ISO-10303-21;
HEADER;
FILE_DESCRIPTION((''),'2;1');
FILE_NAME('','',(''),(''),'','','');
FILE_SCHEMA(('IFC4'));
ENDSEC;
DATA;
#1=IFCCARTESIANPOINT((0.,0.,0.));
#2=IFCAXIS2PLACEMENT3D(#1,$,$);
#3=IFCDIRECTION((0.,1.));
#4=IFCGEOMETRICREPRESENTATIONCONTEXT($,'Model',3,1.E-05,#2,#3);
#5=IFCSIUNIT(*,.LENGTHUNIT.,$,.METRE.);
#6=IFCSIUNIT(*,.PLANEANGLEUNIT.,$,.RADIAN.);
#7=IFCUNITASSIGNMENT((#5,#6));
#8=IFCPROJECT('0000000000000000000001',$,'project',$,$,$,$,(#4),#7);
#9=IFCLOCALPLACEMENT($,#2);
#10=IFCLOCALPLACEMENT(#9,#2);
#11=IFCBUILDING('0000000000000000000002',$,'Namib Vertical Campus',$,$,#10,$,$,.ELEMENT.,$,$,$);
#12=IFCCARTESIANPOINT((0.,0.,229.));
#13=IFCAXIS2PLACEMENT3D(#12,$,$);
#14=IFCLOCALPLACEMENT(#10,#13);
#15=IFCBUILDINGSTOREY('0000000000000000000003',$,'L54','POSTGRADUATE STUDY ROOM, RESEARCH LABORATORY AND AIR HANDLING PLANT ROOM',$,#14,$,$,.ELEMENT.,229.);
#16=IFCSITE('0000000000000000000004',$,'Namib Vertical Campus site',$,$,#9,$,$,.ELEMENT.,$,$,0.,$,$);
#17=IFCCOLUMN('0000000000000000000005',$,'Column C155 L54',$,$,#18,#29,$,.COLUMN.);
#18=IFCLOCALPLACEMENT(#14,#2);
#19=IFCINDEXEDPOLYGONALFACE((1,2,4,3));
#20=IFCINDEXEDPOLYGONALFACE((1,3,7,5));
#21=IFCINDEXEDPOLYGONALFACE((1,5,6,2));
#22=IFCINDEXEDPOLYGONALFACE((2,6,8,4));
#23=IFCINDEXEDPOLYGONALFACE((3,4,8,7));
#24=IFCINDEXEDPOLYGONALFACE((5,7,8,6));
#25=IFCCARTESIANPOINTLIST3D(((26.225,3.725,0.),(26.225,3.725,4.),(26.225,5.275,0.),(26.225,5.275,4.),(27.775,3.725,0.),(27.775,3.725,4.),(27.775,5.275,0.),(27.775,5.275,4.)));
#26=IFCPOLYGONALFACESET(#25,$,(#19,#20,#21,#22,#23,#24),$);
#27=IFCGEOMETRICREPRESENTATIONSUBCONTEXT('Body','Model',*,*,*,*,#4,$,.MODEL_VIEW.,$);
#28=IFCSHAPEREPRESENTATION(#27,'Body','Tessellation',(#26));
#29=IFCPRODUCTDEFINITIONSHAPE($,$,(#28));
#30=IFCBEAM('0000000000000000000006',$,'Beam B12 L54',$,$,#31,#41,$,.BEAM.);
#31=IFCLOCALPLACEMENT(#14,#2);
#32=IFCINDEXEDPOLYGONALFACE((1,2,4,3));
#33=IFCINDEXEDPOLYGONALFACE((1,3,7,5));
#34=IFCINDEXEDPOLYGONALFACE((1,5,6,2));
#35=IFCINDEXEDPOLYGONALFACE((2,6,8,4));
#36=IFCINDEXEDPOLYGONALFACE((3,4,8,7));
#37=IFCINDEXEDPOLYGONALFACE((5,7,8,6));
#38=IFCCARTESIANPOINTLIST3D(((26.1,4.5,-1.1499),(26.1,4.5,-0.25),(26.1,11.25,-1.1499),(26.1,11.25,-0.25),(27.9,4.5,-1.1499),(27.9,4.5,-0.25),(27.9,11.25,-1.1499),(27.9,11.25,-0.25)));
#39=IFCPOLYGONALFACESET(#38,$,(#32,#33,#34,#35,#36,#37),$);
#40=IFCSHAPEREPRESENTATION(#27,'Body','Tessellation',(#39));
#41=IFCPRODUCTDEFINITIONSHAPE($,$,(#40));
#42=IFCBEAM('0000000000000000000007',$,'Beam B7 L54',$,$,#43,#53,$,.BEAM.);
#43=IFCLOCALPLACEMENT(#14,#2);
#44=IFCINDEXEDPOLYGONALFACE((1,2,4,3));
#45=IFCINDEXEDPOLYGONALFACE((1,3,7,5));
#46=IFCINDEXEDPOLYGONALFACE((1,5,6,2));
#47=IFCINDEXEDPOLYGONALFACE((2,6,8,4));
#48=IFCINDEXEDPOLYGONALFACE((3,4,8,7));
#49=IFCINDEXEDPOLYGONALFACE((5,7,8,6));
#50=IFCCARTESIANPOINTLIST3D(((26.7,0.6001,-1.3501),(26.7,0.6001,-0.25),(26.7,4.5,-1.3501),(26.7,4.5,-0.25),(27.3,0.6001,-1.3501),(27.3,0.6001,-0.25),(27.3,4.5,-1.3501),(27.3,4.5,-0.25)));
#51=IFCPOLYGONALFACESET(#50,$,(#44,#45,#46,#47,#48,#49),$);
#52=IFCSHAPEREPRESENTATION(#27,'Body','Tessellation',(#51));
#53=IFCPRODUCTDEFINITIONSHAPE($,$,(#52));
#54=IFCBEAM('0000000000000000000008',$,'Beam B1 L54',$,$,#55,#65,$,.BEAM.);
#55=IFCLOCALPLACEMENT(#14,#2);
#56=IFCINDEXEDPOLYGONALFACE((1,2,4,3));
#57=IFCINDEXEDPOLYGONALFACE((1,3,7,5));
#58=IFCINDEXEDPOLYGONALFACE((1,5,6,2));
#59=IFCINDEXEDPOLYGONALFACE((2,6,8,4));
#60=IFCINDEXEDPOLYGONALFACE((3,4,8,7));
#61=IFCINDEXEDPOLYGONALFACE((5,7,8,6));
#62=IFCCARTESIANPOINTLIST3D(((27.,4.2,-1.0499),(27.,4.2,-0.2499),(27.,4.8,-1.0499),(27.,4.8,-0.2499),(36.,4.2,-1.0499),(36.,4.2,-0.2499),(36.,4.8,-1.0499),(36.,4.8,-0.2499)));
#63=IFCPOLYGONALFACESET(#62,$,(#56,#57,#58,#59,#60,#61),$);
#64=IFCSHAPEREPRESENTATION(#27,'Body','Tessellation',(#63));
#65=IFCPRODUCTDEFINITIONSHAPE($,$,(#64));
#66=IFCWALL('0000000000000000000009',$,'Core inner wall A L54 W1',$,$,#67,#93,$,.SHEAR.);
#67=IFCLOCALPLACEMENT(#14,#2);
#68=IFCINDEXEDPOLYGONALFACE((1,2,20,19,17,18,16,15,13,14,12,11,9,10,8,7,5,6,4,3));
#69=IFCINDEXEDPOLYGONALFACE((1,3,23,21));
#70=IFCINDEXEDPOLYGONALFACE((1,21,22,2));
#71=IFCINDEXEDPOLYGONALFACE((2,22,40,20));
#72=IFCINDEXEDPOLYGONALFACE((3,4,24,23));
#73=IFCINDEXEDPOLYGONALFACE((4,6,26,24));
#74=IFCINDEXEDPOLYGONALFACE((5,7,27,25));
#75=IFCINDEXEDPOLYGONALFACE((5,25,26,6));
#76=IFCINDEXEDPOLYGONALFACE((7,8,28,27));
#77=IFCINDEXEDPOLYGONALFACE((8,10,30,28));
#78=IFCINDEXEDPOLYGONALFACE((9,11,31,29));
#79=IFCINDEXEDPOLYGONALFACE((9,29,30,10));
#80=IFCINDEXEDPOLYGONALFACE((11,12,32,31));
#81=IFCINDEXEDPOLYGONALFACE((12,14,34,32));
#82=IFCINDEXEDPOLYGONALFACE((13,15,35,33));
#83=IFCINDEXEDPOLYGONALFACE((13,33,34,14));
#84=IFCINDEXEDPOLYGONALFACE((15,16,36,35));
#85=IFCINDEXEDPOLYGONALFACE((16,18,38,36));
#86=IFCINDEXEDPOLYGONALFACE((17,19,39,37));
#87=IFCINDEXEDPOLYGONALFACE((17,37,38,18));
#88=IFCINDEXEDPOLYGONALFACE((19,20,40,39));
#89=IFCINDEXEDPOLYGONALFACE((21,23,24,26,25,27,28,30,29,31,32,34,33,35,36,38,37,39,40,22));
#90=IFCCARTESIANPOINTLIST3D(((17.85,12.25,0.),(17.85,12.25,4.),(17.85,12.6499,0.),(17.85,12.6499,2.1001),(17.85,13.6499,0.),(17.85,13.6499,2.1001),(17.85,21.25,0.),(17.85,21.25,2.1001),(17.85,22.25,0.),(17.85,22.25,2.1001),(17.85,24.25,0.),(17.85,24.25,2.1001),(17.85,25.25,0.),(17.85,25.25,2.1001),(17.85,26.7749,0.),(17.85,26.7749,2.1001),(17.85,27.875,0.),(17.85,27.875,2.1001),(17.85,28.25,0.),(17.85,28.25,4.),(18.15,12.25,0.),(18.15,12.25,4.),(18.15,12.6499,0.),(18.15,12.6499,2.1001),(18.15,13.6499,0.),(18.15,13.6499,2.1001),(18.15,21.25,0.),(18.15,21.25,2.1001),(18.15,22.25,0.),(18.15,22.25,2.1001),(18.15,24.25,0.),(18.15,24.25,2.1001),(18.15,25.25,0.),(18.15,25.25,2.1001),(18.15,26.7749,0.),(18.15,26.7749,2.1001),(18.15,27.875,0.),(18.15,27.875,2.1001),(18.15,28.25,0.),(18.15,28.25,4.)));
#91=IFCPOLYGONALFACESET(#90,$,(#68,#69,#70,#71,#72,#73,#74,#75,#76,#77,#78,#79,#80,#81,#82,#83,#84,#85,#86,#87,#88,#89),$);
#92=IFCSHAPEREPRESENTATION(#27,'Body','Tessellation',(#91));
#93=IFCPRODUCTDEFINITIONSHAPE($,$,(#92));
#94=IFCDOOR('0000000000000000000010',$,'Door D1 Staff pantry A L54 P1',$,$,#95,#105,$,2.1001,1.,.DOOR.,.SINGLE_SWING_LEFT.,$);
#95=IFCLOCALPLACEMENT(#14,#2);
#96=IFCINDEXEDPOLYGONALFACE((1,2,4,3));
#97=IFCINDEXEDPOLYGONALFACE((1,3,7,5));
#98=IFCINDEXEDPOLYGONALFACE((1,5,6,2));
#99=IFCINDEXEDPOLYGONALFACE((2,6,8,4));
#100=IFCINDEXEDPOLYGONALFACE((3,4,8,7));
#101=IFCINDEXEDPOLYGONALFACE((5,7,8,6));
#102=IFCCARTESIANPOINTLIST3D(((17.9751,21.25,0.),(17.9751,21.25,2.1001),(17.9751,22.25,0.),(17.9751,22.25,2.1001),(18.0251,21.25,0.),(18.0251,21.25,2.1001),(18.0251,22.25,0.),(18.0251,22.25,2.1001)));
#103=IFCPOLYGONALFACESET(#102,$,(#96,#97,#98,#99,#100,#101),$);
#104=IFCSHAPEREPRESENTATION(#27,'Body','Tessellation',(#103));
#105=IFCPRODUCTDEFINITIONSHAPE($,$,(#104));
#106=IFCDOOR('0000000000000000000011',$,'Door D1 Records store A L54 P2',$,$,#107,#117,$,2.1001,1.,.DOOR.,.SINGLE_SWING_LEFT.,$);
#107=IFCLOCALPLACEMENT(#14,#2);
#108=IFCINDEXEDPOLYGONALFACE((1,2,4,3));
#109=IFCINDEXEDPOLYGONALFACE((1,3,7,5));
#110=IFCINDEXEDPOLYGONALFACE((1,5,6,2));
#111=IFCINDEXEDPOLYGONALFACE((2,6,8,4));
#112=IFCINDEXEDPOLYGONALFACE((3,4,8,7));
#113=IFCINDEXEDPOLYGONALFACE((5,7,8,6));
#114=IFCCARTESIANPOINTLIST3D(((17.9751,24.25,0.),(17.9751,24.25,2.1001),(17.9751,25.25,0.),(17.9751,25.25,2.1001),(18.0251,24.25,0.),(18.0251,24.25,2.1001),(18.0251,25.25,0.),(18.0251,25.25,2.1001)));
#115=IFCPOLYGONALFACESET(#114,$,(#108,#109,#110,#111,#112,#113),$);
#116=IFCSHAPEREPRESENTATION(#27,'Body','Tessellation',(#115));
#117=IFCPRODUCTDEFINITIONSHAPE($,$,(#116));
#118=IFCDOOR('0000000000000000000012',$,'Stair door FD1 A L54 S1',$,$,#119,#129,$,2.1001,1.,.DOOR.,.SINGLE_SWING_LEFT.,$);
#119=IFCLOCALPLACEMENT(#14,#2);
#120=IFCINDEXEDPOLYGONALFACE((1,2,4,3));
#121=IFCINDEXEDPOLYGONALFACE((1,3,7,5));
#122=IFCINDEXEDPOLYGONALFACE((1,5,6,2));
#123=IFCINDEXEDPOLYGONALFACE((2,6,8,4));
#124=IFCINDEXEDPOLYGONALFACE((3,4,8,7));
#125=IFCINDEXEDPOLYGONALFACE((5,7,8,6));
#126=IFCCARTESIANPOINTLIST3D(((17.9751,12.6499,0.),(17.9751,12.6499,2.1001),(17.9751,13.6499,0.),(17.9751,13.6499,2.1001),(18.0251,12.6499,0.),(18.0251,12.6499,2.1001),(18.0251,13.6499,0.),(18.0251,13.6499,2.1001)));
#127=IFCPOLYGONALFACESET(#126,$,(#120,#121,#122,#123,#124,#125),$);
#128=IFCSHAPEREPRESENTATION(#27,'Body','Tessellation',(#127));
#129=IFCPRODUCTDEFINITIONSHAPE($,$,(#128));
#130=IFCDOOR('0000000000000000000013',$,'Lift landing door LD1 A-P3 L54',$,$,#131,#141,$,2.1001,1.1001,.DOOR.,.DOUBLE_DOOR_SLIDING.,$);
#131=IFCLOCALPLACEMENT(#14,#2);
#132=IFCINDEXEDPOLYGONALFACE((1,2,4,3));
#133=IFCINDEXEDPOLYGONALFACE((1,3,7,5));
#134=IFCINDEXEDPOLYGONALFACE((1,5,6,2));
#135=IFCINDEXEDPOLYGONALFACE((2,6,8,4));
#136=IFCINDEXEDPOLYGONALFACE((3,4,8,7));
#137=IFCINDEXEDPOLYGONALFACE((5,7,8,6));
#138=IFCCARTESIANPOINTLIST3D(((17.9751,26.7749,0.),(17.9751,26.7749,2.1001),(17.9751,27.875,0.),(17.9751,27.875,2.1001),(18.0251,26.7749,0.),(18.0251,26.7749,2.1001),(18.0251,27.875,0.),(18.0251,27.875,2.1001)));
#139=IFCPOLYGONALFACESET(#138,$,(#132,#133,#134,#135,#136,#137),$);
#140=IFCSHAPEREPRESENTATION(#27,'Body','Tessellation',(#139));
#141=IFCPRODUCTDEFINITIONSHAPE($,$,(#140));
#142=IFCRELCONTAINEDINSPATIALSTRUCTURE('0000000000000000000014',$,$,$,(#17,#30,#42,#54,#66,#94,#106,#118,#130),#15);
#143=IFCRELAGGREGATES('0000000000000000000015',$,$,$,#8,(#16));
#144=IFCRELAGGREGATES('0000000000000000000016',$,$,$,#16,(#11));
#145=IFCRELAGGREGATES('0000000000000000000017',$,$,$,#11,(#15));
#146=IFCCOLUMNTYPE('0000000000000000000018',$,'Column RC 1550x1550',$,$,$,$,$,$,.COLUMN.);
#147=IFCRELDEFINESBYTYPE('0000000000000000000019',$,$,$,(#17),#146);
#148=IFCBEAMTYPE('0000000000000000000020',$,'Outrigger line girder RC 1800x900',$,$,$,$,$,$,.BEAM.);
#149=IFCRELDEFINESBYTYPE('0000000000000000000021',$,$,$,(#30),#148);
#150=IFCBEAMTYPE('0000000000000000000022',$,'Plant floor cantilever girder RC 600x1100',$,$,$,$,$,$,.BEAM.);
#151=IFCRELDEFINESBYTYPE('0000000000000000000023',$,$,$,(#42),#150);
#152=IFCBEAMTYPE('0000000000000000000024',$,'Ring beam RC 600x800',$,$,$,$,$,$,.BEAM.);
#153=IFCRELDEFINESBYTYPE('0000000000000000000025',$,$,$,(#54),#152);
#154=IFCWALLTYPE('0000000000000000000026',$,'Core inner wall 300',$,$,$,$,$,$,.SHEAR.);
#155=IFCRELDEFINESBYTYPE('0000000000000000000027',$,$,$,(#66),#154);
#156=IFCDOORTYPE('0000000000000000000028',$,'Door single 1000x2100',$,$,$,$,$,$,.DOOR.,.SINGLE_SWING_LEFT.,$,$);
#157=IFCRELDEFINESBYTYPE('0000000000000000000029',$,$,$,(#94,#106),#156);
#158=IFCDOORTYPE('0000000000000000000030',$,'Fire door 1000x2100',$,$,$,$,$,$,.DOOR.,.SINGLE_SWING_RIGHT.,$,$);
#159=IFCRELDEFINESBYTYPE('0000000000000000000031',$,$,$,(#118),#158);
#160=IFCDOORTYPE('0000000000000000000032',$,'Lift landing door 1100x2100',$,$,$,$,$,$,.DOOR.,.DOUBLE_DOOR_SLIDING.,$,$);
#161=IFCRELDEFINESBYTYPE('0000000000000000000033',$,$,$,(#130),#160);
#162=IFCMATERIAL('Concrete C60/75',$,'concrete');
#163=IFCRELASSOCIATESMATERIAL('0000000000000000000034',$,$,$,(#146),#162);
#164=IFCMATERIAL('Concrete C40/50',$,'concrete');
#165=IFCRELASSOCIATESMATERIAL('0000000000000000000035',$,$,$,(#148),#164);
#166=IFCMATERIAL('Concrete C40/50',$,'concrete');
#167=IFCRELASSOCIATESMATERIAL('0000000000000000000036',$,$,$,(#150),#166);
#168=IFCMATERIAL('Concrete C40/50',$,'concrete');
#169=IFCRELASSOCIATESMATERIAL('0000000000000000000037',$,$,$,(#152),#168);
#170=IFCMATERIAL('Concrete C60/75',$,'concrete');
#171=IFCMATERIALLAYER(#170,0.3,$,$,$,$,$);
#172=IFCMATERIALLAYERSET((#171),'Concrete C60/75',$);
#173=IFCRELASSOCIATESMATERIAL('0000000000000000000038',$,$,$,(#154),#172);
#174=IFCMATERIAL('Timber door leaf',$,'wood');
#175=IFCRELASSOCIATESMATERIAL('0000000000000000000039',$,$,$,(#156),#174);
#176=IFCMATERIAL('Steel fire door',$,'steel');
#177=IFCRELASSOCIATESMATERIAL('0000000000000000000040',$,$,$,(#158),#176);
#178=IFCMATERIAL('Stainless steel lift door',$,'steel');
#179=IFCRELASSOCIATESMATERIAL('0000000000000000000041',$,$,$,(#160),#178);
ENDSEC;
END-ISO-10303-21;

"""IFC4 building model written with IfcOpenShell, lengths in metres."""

from ifc_helpers import new_model, si_unit, direction, frame, frame_2d, origin, origin_2d, place, context, subcontext, project, spatial, rectangle, extrude, material, layer, layer_set, material_profile, profile_set, type_object, element, fill, save


model = new_model("IFC4")

# Units and contexts
model_context = context("Model", 3, precision=1e-05, world=origin(), true_north=direction((0.0, 1.0)))
body_context = subcontext(model_context, "Body", "Model", "MODEL_VIEW")
ifc_project = project(units=[si_unit("LENGTHUNIT", "METRE"), si_unit("PLANEANGLEUNIT", "RADIAN")], contexts=[model_context])

# Site, building, storey
site_placement = place(None, origin())
site = spatial("IfcSite", under=ifc_project, at=site_placement, Name="Namib Vertical Campus site", CompositionType="ELEMENT", RefElevation=0.0)
building_placement = place(site_placement, origin())
building = spatial("IfcBuilding", under=site, at=building_placement, Name="Namib Vertical Campus", CompositionType="ELEMENT")
storey_placement = place(building_placement, frame((0.0, 0.0, 229.0)))
storey = spatial("IfcBuildingStorey", under=building, at=storey_placement, Name="L54", Description="POSTGRADUATE STUDY ROOM, RESEARCH LABORATORY AND AIR HANDLING PLANT ROOM", CompositionType="ELEMENT", Elevation=229.0)

# Column
ifc_material_1 = material(Name="Concrete C60/75", Category="concrete")
ifc_material_profile_1 = material_profile(ifc_material_1, rectangle(XDim=1.55, YDim=1.55, at=origin_2d()))
ifc_profile_set_1 = profile_set([ifc_material_profile_1], Name="Concrete C60/75")
column_type = type_object("IfcColumnType", Name="Column RC 1550x1550", PredefinedType="COLUMN", material=ifc_profile_set_1)
column_placement = place(storey_placement, frame((27.0, 4.5, 0.0), z_axis=(0.0, 0.0, 1.0), x_axis=(1.0, 0.0, 0.0)))
element("IfcColumn", 1, at=column_placement, inside=storey, type_object=column_type, Name="Column C155 L54", PredefinedType="COLUMN", context=body_context, shape_type="SweptSolid", body=[
    extrude(rectangle(XDim=1.55, YDim=1.55, at=origin_2d()), origin(), (0.0, 0.0, 1.0), 4.0),
])

# Beams
ifc_material_2 = material(Name="Concrete C40/50", Category="concrete")
ifc_material_profile_2 = material_profile(ifc_material_2, rectangle(XDim=1.8, YDim=0.8999, at=origin_2d()))
ifc_profile_set_2 = profile_set([ifc_material_profile_2], Name="Concrete C40/50")
beam_type_1 = type_object("IfcBeamType", Name="Outrigger line girder RC 1800x900", PredefinedType="BEAM", material=ifc_profile_set_2)
beam_1_placement = place(storey_placement, frame((27.0, 4.5, -0.7), z_axis=(0.0, 1.0, 0.0), x_axis=(-1.0, 0.0, 0.0)))
element("IfcBeam", 2, at=beam_1_placement, inside=storey, type_object=beam_type_1, Name="Beam B12 L54", PredefinedType="BEAM", context=body_context, shape_type="SweptSolid", body=[
    extrude(rectangle(XDim=1.8, YDim=0.8999, at=origin_2d()), origin(), (0.0, 0.0, 1.0), 6.75),
])
ifc_material_3 = material(Name="Concrete C40/50", Category="concrete")
ifc_material_profile_3 = material_profile(ifc_material_3, rectangle(XDim=0.6001, YDim=1.1001, at=origin_2d()))
ifc_profile_set_3 = profile_set([ifc_material_profile_3], Name="Concrete C40/50")
beam_type_2 = type_object("IfcBeamType", Name="Plant floor cantilever girder RC 600x1100", PredefinedType="BEAM", material=ifc_profile_set_3)
beam_2_placement = place(storey_placement, frame((27.0, 4.5, -0.8), z_axis=(0.0, -1.0, 0.0), x_axis=(1.0, 0.0, 0.0)))
element("IfcBeam", 3, at=beam_2_placement, inside=storey, type_object=beam_type_2, Name="Beam B7 L54", PredefinedType="BEAM", context=body_context, shape_type="SweptSolid", body=[
    extrude(rectangle(XDim=0.6001, YDim=1.1001, at=origin_2d()), origin(), (0.0, 0.0, 1.0), 3.8999),
])
ifc_material_4 = material(Name="Concrete C40/50", Category="concrete")
ifc_material_profile_4 = material_profile(ifc_material_4, rectangle(XDim=0.6001, YDim=0.8, at=origin_2d()))
ifc_profile_set_4 = profile_set([ifc_material_profile_4], Name="Concrete C40/50")
beam_type_3 = type_object("IfcBeamType", Name="Ring beam RC 600x800", PredefinedType="BEAM", material=ifc_profile_set_4)
beam_3_placement = place(storey_placement, frame((27.0, 4.5, -0.6499), z_axis=(1.0, 0.0, 0.0), x_axis=(0.0, 1.0, 0.0)))
element("IfcBeam", 4, at=beam_3_placement, inside=storey, type_object=beam_type_3, Name="Beam B1 L54", PredefinedType="BEAM", context=body_context, shape_type="SweptSolid", body=[
    extrude(rectangle(XDim=0.6001, YDim=0.8, at=origin_2d()), origin(), (0.0, 0.0, 1.0), 9.0),
])

# Wall, openings, doors
ifc_material_5 = material(Name="Concrete C60/75", Category="concrete")
ifc_layer_1 = layer(ifc_material_5, 0.3)
ifc_layer_set_1 = layer_set([ifc_layer_1], Name="Concrete C60/75")
wall_type_1 = type_object("IfcWallType", Name="Core inner wall 300", PredefinedType="SHEAR", material=ifc_layer_set_1)
wall_1_placement = place(storey_placement, frame((18.0, 12.25, 0.0), z_axis=(0.0, 0.0, 1.0), x_axis=(0.0, 1.0, 0.0)))
wall_1 = element("IfcWall", 5, at=wall_1_placement, inside=storey, type_object=wall_type_1, Name="Core inner wall A L54 W1", PredefinedType="SHEAR", context=body_context, shape_type="SweptSolid", body=[
    extrude(rectangle(XDim=16.0, YDim=0.3, at=frame_2d((8.0, 0.0))), origin(), (0.0, 0.0, 1.0), 4.0),
])
opening_1_placement = place(wall_1_placement, frame((0.3999, 0.0, 0.0)))
opening_1 = element("IfcOpeningElement", 6, at=opening_1_placement, cuts=wall_1, PredefinedType="OPENING", context=body_context, shape_type="SweptSolid", body=[
    extrude(rectangle(XDim=1.0, YDim=2.1001, at=frame_2d((0.5, 1.05))), frame((0.0, 0.1599, 0.0), z_axis=(0.0, -1.0, 0.0), x_axis=(1.0, 0.0, 0.0)), (0.0, 0.0, 1.0), 0.3201),
])
opening_2_placement = place(wall_1_placement, frame((14.5249, 0.0, 0.0)))
opening_2 = element("IfcOpeningElement", 7, at=opening_2_placement, cuts=wall_1, PredefinedType="OPENING", context=body_context, shape_type="SweptSolid", body=[
    extrude(rectangle(XDim=1.1001, YDim=2.1001, at=frame_2d((0.55, 1.05))), frame((0.0, 0.1599, 0.0), z_axis=(0.0, -1.0, 0.0), x_axis=(1.0, 0.0, 0.0)), (0.0, 0.0, 1.0), 0.3201),
])
opening_3_placement = place(wall_1_placement, frame((9.0, 0.0, 0.0)))
opening_3 = element("IfcOpeningElement", 8, at=opening_3_placement, cuts=wall_1, PredefinedType="OPENING", context=body_context, shape_type="SweptSolid", body=[
    extrude(rectangle(XDim=1.0, YDim=2.1001, at=frame_2d((0.5, 1.05))), frame((0.0, 0.1599, 0.0), z_axis=(0.0, -1.0, 0.0), x_axis=(1.0, 0.0, 0.0)), (0.0, 0.0, 1.0), 0.3201),
])
opening_4_placement = place(wall_1_placement, frame((12.0, 0.0, 0.0)))
opening_4 = element("IfcOpeningElement", 9, at=opening_4_placement, cuts=wall_1, PredefinedType="OPENING", context=body_context, shape_type="SweptSolid", body=[
    extrude(rectangle(XDim=1.0, YDim=2.1001, at=frame_2d((0.5, 1.05))), frame((0.0, 0.1599, 0.0), z_axis=(0.0, -1.0, 0.0), x_axis=(1.0, 0.0, 0.0)), (0.0, 0.0, 1.0), 0.3201),
])
ifc_material_6 = material(Name="Timber door leaf", Category="wood")
door_type_1 = type_object("IfcDoorType", Name="Door single 1000x2100", OperationType="SINGLE_SWING_LEFT", PredefinedType="DOOR", material=ifc_material_6)
door_1_placement = place(opening_3_placement, origin())
door_1 = element("IfcDoor", 10, at=door_1_placement, inside=storey, type_object=door_type_1, Name="Door D1 Staff pantry A L54 P1", OperationType="SINGLE_SWING_LEFT", OverallHeight=2.1001, OverallWidth=1.0, PredefinedType="DOOR", context=body_context, shape_type="SweptSolid", body=[
    extrude(rectangle(XDim=1.0, YDim=2.1001, at=frame_2d((0.5, 1.05))), frame((0.0, 0.0249, 0.0), z_axis=(0.0, -1.0, 0.0), x_axis=(1.0, 0.0, 0.0)), (0.0, 0.0, 1.0), 0.05),
])
fill(opening_3, door_1)
door_2_placement = place(opening_4_placement, origin())
door_2 = element("IfcDoor", 11, at=door_2_placement, inside=storey, type_object=door_type_1, Name="Door D1 Records store A L54 P2", OperationType="SINGLE_SWING_LEFT", OverallHeight=2.1001, OverallWidth=1.0, PredefinedType="DOOR", context=body_context, shape_type="SweptSolid", body=[
    extrude(rectangle(XDim=1.0, YDim=2.1001, at=frame_2d((0.5, 1.05))), frame((0.0, 0.0249, 0.0), z_axis=(0.0, -1.0, 0.0), x_axis=(1.0, 0.0, 0.0)), (0.0, 0.0, 1.0), 0.05),
])
fill(opening_4, door_2)
ifc_material_7 = material(Name="Steel fire door", Category="steel")
door_type_2 = type_object("IfcDoorType", Name="Fire door 1000x2100", OperationType="SINGLE_SWING_RIGHT", PredefinedType="DOOR", material=ifc_material_7)
door_3_placement = place(opening_1_placement, origin())
door_3 = element("IfcDoor", 12, at=door_3_placement, inside=storey, type_object=door_type_2, Name="Stair door FD1 A L54 S1", OperationType="SINGLE_SWING_LEFT", OverallHeight=2.1001, OverallWidth=1.0, PredefinedType="DOOR", context=body_context, shape_type="SweptSolid", body=[
    extrude(rectangle(XDim=1.0, YDim=2.1001, at=frame_2d((0.5, 1.05))), frame((0.0, 0.0249, 0.0), z_axis=(0.0, -1.0, 0.0), x_axis=(1.0, 0.0, 0.0)), (0.0, 0.0, 1.0), 0.05),
])
fill(opening_1, door_3)
ifc_material_8 = material(Name="Stainless steel lift door", Category="steel")
door_type_3 = type_object("IfcDoorType", Name="Lift landing door 1100x2100", OperationType="DOUBLE_DOOR_SLIDING", PredefinedType="DOOR", material=ifc_material_8)
door_4_placement = place(opening_2_placement, origin())
door_4 = element("IfcDoor", 13, at=door_4_placement, inside=storey, type_object=door_type_3, Name="Lift landing door LD1 A-P3 L54", OperationType="DOUBLE_DOOR_SLIDING", OverallHeight=2.1001, OverallWidth=1.1001, PredefinedType="DOOR", context=body_context, shape_type="SweptSolid", body=[
    extrude(rectangle(XDim=1.1001, YDim=2.1001, at=frame_2d((0.55, 1.05))), frame((0.0, 0.0249, 0.0), z_axis=(0.0, -1.0, 0.0), x_axis=(1.0, 0.0, 0.0)), (0.0, 0.0, 1.0), 0.05),
])
fill(opening_2, door_4)

save(model, "model.ifc")
